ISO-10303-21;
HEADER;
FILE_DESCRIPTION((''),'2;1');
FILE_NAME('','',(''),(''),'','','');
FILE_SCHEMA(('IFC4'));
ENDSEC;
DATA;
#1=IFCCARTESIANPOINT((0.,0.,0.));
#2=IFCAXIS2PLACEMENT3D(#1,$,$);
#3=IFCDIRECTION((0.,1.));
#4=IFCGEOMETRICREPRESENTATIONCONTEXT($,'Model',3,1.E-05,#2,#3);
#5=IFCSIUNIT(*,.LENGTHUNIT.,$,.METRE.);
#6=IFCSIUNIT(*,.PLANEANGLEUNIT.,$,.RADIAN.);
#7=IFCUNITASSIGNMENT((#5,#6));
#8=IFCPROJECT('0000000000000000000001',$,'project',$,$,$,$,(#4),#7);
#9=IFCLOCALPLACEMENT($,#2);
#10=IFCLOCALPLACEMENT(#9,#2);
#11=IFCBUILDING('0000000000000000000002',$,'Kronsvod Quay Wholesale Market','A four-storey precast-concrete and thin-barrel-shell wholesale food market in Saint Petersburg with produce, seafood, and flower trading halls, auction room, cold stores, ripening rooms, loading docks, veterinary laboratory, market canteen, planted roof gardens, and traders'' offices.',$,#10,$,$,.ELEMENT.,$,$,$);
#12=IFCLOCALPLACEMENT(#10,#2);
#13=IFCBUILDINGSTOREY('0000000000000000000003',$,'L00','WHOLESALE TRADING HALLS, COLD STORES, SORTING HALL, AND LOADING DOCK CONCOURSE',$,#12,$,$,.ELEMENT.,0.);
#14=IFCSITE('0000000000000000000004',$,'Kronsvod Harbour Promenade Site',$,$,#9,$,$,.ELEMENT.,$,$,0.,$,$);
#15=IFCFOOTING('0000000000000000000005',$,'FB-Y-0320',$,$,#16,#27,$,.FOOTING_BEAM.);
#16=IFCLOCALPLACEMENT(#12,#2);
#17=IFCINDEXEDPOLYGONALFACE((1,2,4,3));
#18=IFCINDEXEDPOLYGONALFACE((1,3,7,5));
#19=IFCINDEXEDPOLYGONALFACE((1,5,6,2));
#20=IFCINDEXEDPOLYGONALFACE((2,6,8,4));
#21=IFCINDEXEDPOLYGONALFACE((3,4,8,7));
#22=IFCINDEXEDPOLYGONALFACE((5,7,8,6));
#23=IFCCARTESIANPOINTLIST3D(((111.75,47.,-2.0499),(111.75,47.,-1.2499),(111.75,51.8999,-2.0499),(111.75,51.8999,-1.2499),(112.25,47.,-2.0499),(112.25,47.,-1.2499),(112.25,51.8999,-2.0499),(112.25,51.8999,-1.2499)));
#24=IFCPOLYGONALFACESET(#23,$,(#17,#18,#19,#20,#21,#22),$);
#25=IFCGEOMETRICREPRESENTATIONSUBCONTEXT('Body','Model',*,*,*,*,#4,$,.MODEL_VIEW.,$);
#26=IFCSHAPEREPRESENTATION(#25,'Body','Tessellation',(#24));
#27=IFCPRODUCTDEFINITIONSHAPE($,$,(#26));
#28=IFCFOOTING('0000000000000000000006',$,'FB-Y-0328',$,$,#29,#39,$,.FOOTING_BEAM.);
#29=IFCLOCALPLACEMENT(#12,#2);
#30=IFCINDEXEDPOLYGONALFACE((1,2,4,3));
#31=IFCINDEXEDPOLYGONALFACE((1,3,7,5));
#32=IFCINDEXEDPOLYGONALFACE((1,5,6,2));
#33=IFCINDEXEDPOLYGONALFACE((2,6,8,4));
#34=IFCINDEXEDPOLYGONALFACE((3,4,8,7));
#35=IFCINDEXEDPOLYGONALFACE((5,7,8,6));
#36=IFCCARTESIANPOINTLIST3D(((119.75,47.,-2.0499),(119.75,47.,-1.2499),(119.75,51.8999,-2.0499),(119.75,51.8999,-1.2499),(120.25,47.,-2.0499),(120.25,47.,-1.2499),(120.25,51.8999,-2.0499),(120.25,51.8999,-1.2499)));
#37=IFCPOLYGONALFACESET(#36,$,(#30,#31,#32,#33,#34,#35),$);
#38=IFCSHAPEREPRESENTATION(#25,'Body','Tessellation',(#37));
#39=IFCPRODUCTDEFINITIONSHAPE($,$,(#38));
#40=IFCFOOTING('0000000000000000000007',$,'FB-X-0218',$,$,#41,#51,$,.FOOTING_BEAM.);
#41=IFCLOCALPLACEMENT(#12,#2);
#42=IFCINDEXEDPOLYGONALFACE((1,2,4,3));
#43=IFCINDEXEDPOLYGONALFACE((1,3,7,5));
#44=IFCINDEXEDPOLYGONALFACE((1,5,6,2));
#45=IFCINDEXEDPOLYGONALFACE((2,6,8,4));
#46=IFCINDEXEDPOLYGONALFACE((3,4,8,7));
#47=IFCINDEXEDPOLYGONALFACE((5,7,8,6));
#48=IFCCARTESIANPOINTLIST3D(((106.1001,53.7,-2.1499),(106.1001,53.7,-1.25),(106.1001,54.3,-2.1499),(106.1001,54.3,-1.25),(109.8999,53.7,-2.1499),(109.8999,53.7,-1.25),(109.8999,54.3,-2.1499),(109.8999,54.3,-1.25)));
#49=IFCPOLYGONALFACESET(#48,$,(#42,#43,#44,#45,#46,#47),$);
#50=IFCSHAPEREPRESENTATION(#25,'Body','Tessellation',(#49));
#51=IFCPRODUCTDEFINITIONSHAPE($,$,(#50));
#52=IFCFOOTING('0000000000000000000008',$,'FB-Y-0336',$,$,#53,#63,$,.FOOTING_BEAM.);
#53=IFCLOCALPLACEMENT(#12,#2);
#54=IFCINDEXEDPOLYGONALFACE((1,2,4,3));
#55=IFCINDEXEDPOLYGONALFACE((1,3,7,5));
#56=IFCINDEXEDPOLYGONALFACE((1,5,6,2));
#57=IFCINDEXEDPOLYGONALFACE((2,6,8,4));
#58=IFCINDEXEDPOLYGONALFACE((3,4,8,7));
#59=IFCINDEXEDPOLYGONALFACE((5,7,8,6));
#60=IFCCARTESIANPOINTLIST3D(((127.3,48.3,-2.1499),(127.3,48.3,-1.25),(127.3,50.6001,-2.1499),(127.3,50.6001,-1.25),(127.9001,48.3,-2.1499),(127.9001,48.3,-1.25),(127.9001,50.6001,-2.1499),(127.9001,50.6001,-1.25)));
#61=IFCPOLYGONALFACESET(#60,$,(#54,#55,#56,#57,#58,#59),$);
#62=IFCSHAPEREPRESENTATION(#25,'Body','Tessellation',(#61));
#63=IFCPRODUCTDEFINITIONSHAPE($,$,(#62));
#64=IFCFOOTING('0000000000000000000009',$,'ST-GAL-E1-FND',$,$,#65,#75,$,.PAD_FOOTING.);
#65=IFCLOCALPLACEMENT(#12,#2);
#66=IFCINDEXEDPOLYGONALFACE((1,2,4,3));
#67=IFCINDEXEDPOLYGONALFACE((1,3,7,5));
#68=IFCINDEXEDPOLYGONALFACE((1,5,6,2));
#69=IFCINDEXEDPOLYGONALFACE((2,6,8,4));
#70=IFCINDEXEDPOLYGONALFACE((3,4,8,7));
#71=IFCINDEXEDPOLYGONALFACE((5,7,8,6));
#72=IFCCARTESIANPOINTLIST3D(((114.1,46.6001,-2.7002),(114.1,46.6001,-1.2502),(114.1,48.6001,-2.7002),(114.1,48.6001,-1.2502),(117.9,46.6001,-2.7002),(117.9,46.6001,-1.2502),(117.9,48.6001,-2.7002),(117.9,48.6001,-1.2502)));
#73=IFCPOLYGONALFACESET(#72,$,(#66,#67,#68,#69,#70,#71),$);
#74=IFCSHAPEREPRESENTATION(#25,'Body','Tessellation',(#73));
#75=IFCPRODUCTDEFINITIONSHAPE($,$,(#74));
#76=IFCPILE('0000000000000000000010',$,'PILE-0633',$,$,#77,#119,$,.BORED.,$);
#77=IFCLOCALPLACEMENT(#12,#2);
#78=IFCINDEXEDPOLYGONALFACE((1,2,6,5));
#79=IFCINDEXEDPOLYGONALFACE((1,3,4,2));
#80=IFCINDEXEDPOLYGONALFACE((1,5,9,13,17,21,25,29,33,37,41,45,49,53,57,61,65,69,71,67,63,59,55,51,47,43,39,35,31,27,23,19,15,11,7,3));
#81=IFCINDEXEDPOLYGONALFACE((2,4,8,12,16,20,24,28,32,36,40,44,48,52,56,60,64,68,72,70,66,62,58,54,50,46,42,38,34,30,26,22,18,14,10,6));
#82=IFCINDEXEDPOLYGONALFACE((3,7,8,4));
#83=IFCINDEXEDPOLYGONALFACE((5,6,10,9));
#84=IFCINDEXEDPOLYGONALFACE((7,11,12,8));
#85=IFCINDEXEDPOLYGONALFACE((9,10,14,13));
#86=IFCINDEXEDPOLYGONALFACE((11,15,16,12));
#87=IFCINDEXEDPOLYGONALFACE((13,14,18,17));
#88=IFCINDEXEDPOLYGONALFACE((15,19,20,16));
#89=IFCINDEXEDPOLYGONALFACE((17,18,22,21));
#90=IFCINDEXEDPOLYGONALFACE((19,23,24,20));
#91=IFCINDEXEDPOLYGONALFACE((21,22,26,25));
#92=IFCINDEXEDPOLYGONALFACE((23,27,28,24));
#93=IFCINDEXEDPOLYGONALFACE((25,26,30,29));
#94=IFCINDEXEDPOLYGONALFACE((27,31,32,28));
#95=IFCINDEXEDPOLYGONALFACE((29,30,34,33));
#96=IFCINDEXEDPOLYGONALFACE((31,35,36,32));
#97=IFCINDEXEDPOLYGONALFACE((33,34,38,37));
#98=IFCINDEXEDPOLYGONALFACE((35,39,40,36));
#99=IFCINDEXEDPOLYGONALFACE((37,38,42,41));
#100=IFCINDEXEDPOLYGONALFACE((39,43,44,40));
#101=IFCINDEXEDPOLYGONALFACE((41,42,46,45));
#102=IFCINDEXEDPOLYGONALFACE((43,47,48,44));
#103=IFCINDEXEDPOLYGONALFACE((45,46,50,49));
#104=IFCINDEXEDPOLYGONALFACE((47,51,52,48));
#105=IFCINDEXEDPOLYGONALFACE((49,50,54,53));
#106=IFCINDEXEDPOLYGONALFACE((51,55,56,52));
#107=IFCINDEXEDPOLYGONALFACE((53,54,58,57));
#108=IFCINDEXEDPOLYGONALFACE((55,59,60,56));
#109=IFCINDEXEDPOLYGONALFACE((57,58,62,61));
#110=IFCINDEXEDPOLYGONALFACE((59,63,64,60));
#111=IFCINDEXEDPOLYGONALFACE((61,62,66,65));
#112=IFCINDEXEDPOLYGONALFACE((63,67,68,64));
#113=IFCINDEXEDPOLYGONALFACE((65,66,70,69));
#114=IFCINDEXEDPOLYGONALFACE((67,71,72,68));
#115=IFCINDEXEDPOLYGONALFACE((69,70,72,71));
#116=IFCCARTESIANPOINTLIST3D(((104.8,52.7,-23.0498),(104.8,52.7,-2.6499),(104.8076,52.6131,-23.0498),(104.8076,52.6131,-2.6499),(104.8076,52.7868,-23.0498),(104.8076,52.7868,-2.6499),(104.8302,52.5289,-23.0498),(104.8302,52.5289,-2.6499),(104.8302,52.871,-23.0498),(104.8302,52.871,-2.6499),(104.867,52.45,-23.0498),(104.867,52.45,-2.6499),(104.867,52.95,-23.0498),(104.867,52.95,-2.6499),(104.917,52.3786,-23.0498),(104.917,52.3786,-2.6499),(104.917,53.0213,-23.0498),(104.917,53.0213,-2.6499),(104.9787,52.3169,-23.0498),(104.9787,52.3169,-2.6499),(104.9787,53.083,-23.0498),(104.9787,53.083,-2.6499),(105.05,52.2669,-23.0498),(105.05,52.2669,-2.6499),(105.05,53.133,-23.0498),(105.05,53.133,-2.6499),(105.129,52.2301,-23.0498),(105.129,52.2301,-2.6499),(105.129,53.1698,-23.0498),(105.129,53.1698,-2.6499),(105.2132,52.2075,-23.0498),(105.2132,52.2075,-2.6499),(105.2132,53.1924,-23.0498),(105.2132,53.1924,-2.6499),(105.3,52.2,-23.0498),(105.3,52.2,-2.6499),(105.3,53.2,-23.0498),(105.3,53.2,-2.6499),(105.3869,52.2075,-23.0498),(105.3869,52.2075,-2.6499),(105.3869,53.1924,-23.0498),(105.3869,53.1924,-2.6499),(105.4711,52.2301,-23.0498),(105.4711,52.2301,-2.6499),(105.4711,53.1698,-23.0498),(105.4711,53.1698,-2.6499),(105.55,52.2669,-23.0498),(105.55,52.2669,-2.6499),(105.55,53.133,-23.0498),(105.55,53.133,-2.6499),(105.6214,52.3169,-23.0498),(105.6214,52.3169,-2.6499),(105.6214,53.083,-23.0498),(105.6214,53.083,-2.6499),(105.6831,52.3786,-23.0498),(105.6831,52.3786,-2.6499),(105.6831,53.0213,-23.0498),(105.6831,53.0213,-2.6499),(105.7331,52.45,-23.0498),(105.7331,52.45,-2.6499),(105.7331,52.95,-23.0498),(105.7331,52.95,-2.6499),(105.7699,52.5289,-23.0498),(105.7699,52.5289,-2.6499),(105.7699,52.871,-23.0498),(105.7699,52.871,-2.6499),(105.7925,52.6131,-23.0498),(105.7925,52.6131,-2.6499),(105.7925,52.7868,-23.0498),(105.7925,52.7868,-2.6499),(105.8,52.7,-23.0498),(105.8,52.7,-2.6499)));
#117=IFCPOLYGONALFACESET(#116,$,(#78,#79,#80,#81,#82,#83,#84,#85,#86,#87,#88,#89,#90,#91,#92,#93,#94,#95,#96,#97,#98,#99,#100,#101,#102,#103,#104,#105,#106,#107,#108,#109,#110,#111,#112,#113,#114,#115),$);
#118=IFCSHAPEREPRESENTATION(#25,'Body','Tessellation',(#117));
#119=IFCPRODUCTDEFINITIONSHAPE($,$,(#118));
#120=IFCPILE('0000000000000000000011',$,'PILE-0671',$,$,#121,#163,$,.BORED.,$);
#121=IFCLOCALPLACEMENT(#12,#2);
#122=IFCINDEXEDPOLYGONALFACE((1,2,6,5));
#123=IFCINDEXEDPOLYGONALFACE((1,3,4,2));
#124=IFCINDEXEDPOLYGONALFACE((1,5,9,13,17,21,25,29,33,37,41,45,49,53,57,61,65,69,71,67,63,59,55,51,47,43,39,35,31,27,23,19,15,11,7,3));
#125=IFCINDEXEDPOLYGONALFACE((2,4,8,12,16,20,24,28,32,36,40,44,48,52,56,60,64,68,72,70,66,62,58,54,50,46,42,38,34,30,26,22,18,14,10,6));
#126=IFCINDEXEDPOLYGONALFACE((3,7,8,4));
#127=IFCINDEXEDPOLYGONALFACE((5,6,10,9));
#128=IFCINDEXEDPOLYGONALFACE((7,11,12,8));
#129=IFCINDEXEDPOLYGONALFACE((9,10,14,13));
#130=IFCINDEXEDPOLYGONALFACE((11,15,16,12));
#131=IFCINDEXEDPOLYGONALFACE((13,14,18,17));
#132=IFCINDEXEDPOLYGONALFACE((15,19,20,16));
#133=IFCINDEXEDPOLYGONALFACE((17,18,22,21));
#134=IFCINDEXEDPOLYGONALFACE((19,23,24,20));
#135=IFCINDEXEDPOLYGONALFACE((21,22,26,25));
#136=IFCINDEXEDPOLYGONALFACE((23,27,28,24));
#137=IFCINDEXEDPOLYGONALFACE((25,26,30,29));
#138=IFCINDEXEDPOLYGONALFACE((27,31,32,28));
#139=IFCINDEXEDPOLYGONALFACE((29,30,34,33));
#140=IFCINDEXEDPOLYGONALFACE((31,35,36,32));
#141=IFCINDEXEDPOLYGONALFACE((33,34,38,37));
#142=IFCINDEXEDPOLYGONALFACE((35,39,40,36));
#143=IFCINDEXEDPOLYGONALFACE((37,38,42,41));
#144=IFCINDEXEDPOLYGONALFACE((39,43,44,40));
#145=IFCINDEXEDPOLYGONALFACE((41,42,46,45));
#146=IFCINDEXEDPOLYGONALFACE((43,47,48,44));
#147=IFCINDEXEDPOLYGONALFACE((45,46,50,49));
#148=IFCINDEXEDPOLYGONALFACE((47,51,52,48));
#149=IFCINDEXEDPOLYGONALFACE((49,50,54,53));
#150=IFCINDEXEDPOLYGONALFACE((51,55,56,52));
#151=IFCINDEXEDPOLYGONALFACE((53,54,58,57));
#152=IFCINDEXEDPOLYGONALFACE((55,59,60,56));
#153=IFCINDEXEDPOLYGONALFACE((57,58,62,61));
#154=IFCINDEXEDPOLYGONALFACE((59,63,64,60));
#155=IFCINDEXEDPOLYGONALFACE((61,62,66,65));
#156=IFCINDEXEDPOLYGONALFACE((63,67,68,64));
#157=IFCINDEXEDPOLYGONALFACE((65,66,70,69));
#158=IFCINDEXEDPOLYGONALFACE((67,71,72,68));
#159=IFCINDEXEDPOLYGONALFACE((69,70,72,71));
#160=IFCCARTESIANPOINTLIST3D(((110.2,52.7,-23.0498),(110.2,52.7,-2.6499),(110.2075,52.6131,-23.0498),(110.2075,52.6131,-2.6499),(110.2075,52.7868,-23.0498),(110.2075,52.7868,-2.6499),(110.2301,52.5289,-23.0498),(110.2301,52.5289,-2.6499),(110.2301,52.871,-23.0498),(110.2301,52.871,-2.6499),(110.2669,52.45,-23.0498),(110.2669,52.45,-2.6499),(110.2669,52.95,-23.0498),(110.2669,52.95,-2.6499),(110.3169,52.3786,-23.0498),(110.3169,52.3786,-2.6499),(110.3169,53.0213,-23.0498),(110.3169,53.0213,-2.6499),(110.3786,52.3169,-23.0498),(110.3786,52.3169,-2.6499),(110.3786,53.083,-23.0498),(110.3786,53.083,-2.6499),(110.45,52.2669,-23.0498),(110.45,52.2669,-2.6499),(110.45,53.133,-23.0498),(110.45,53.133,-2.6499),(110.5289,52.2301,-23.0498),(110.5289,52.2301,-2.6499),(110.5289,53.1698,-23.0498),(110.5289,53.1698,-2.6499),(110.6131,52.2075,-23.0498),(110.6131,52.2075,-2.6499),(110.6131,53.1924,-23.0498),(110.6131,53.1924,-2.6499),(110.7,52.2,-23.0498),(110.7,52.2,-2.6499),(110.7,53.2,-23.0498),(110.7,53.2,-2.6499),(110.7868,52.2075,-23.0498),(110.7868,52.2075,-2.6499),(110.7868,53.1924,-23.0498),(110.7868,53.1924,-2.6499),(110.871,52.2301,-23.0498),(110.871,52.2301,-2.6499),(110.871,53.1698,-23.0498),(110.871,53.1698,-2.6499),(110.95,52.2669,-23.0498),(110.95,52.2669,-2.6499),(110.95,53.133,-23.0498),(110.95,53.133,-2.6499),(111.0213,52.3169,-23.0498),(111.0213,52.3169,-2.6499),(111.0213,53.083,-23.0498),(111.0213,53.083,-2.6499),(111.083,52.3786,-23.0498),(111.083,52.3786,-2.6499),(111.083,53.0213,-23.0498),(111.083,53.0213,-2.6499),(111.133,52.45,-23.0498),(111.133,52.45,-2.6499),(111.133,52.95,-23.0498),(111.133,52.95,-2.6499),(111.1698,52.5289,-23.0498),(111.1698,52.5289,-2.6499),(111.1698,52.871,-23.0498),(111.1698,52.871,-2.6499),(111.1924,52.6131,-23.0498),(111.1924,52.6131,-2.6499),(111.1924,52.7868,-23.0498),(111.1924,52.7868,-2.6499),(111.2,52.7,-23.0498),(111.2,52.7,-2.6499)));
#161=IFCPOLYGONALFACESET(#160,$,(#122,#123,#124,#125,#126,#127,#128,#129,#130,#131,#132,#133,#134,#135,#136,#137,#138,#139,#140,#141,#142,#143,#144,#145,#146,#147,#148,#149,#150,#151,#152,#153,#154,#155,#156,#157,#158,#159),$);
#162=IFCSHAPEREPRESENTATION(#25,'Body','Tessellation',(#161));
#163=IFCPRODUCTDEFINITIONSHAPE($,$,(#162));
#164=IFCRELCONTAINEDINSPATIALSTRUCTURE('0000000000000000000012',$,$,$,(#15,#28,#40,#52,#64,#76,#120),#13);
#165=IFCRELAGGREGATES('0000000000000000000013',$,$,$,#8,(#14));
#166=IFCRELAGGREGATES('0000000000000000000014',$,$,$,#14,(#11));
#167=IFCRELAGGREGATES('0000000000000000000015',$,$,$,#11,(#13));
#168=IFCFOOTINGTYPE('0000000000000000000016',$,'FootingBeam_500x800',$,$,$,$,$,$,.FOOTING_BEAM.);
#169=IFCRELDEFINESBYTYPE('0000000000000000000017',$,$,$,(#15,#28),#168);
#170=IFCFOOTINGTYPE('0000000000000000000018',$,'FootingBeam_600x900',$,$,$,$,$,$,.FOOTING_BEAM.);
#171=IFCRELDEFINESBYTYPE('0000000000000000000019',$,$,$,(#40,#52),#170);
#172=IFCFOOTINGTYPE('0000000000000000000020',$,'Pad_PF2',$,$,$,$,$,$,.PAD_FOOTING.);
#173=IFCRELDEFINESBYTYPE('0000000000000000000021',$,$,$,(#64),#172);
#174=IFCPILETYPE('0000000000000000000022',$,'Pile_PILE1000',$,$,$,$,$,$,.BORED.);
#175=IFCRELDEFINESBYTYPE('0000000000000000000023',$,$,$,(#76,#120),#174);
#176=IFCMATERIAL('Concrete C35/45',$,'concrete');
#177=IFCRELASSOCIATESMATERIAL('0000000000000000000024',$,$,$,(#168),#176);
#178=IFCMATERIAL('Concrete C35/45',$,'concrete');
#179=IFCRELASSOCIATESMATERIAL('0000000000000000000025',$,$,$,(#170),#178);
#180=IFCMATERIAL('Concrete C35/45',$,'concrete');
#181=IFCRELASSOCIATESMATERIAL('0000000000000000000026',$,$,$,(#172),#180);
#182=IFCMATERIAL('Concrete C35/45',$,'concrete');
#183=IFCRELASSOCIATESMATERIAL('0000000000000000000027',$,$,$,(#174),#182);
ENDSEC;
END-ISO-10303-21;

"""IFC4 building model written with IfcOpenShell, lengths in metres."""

from ifc_helpers import new_model, si_unit, direction, frame, origin, origin_2d, place, context, subcontext, project, spatial, rectangle, circle, extrude, material, material_profile, profile_set, type_object, element, save


model = new_model("IFC4")

# Units and contexts
model_context = context("Model", 3, precision=1e-05, world=origin(), true_north=direction((0.0, 1.0)))
body_context = subcontext(model_context, "Body", "Model", "MODEL_VIEW")
ifc_project = project(units=[si_unit("LENGTHUNIT", "METRE"), si_unit("PLANEANGLEUNIT", "RADIAN")], contexts=[model_context])

# Site, building, storey
site_placement = place(None, origin())
site = spatial("IfcSite", under=ifc_project, at=site_placement, Name="Kronsvod Harbour Promenade Site", CompositionType="ELEMENT", RefElevation=0.0)
building_placement = place(site_placement, origin())
building = spatial("IfcBuilding", under=site, at=building_placement, Name="Kronsvod Quay Wholesale Market", Description="A four-storey precast-concrete and thin-barrel-shell wholesale food market in Saint Petersburg with produce, seafood, and flower trading halls, auction room, cold stores, ripening rooms, loading docks, veterinary laboratory, market canteen, planted roof gardens, and traders' offices.", CompositionType="ELEMENT")
storey_placement = place(building_placement, origin())
storey = spatial("IfcBuildingStorey", under=building, at=storey_placement, Name="L00", Description="WHOLESALE TRADING HALLS, COLD STORES, SORTING HALL, AND LOADING DOCK CONCOURSE", CompositionType="ELEMENT", Elevation=0.0)

# Footings
ifc_material_1 = material(Name="Concrete C35/45", Category="concrete")
ifc_material_profile_1 = material_profile(ifc_material_1, rectangle(XDim=0.5, YDim=0.8, at=origin_2d()), Name="FB-01")
ifc_profile_set_1 = profile_set([ifc_material_profile_1], Name="Concrete C35/45")
footing_type_1 = type_object("IfcFootingType", Name="FootingBeam_500x800", PredefinedType="FOOTING_BEAM", material=ifc_profile_set_1)
for number, where, z_axis, x_axis, name in (
    (1, (112.0, 47.0, -1.6499), (0.0, 1.0, 0.0), (-1.0, 0.0, 0.0), "FB-Y-0320"),
    (2, (120.0, 47.0, -1.6499), (0.0, 1.0, 0.0), (-1.0, 0.0, 0.0), "FB-Y-0328"),
):
    element("IfcFooting", number, at=place(storey_placement, frame(where, z_axis=z_axis, x_axis=x_axis)), inside=storey, type_object=footing_type_1, Name=name, PredefinedType="FOOTING_BEAM", context=body_context, shape_type="SweptSolid", body=[
        extrude(rectangle(XDim=0.5, YDim=0.8, at=origin_2d()), origin(), (0.0, 0.0, 1.0), 4.8999),
    ])
ifc_material_2 = material(Name="Concrete C35/45", Category="concrete")
ifc_material_profile_2 = material_profile(ifc_material_2, rectangle(XDim=0.6001, YDim=0.8999, at=origin_2d()), Name="FB-02")
ifc_profile_set_2 = profile_set([ifc_material_profile_2], Name="Concrete C35/45")
footing_type_2 = type_object("IfcFootingType", Name="FootingBeam_600x900", PredefinedType="FOOTING_BEAM", material=ifc_profile_set_2)
footing_1_placement = place(storey_placement, frame((106.1001, 54.0, -1.7), z_axis=(1.0, 0.0, 0.0), x_axis=(0.0, 1.0, 0.0)))
element("IfcFooting", 3, at=footing_1_placement, inside=storey, type_object=footing_type_2, Name="FB-X-0218", PredefinedType="FOOTING_BEAM", context=body_context, shape_type="SweptSolid", body=[
    extrude(rectangle(XDim=0.6001, YDim=0.8999, at=origin_2d()), origin(), (0.0, 0.0, 1.0), 3.7998),
])
footing_2_placement = place(storey_placement, frame((127.6001, 48.3, -1.7), z_axis=(0.0, 1.0, 0.0), x_axis=(-1.0, 0.0, 0.0)))
element("IfcFooting", 4, at=footing_2_placement, inside=storey, type_object=footing_type_2, Name="FB-Y-0336", PredefinedType="FOOTING_BEAM", context=body_context, shape_type="SweptSolid", body=[
    extrude(rectangle(XDim=0.6001, YDim=0.8999, at=origin_2d()), origin(), (0.0, 0.0, 1.0), 2.3),
])
ifc_material_3 = material(Name="Concrete C35/45", Category="concrete")
footing_type_3 = type_object("IfcFootingType", Name="Pad_PF2", PredefinedType="PAD_FOOTING", material=ifc_material_3)
footing_3_placement = place(storey_placement, frame((116.0, 47.6001, -2.7002), z_axis=(0.0, 0.0, 1.0), x_axis=(1.0, 0.0, 0.0)))
element("IfcFooting", 5, at=footing_3_placement, inside=storey, type_object=footing_type_3, Name="ST-GAL-E1-FND", PredefinedType="PAD_FOOTING", context=body_context, shape_type="SweptSolid", body=[
    extrude(rectangle(XDim=3.8, YDim=2.0, at=origin_2d()), origin(), (0.0, 0.0, 1.0), 1.45),
])

# Piles
ifc_material_4 = material(Name="Concrete C35/45", Category="concrete")
ifc_material_profile_3 = material_profile(ifc_material_4, circle(Radius=0.5, at=origin_2d()), Name="PILE1000")
ifc_profile_set_3 = profile_set([ifc_material_profile_3], Name="Concrete C35/45")
pile_type_1 = type_object("IfcPileType", Name="Pile_PILE1000", PredefinedType="BORED", material=ifc_profile_set_3)
for number, where, z_axis, x_axis, name in (
    (6, (105.3, 52.7, -2.6499), (0.0, 0.0, -1.0), (1.0, 0.0, 0.0), "PILE-0633"),
    (7, (110.7, 52.7, -2.6499), (0.0, 0.0, -1.0), (1.0, 0.0, 0.0), "PILE-0671"),
):
    element("IfcPile", number, at=place(storey_placement, frame(where, z_axis=z_axis, x_axis=x_axis)), inside=storey, type_object=pile_type_1, Name=name, PredefinedType="BORED", context=body_context, shape_type="SweptSolid", body=[
        extrude(circle(Radius=0.5, at=origin_2d()), origin(), (0.0, 0.0, 1.0), 20.3999),
    ])

save(model, "model.ifc")
